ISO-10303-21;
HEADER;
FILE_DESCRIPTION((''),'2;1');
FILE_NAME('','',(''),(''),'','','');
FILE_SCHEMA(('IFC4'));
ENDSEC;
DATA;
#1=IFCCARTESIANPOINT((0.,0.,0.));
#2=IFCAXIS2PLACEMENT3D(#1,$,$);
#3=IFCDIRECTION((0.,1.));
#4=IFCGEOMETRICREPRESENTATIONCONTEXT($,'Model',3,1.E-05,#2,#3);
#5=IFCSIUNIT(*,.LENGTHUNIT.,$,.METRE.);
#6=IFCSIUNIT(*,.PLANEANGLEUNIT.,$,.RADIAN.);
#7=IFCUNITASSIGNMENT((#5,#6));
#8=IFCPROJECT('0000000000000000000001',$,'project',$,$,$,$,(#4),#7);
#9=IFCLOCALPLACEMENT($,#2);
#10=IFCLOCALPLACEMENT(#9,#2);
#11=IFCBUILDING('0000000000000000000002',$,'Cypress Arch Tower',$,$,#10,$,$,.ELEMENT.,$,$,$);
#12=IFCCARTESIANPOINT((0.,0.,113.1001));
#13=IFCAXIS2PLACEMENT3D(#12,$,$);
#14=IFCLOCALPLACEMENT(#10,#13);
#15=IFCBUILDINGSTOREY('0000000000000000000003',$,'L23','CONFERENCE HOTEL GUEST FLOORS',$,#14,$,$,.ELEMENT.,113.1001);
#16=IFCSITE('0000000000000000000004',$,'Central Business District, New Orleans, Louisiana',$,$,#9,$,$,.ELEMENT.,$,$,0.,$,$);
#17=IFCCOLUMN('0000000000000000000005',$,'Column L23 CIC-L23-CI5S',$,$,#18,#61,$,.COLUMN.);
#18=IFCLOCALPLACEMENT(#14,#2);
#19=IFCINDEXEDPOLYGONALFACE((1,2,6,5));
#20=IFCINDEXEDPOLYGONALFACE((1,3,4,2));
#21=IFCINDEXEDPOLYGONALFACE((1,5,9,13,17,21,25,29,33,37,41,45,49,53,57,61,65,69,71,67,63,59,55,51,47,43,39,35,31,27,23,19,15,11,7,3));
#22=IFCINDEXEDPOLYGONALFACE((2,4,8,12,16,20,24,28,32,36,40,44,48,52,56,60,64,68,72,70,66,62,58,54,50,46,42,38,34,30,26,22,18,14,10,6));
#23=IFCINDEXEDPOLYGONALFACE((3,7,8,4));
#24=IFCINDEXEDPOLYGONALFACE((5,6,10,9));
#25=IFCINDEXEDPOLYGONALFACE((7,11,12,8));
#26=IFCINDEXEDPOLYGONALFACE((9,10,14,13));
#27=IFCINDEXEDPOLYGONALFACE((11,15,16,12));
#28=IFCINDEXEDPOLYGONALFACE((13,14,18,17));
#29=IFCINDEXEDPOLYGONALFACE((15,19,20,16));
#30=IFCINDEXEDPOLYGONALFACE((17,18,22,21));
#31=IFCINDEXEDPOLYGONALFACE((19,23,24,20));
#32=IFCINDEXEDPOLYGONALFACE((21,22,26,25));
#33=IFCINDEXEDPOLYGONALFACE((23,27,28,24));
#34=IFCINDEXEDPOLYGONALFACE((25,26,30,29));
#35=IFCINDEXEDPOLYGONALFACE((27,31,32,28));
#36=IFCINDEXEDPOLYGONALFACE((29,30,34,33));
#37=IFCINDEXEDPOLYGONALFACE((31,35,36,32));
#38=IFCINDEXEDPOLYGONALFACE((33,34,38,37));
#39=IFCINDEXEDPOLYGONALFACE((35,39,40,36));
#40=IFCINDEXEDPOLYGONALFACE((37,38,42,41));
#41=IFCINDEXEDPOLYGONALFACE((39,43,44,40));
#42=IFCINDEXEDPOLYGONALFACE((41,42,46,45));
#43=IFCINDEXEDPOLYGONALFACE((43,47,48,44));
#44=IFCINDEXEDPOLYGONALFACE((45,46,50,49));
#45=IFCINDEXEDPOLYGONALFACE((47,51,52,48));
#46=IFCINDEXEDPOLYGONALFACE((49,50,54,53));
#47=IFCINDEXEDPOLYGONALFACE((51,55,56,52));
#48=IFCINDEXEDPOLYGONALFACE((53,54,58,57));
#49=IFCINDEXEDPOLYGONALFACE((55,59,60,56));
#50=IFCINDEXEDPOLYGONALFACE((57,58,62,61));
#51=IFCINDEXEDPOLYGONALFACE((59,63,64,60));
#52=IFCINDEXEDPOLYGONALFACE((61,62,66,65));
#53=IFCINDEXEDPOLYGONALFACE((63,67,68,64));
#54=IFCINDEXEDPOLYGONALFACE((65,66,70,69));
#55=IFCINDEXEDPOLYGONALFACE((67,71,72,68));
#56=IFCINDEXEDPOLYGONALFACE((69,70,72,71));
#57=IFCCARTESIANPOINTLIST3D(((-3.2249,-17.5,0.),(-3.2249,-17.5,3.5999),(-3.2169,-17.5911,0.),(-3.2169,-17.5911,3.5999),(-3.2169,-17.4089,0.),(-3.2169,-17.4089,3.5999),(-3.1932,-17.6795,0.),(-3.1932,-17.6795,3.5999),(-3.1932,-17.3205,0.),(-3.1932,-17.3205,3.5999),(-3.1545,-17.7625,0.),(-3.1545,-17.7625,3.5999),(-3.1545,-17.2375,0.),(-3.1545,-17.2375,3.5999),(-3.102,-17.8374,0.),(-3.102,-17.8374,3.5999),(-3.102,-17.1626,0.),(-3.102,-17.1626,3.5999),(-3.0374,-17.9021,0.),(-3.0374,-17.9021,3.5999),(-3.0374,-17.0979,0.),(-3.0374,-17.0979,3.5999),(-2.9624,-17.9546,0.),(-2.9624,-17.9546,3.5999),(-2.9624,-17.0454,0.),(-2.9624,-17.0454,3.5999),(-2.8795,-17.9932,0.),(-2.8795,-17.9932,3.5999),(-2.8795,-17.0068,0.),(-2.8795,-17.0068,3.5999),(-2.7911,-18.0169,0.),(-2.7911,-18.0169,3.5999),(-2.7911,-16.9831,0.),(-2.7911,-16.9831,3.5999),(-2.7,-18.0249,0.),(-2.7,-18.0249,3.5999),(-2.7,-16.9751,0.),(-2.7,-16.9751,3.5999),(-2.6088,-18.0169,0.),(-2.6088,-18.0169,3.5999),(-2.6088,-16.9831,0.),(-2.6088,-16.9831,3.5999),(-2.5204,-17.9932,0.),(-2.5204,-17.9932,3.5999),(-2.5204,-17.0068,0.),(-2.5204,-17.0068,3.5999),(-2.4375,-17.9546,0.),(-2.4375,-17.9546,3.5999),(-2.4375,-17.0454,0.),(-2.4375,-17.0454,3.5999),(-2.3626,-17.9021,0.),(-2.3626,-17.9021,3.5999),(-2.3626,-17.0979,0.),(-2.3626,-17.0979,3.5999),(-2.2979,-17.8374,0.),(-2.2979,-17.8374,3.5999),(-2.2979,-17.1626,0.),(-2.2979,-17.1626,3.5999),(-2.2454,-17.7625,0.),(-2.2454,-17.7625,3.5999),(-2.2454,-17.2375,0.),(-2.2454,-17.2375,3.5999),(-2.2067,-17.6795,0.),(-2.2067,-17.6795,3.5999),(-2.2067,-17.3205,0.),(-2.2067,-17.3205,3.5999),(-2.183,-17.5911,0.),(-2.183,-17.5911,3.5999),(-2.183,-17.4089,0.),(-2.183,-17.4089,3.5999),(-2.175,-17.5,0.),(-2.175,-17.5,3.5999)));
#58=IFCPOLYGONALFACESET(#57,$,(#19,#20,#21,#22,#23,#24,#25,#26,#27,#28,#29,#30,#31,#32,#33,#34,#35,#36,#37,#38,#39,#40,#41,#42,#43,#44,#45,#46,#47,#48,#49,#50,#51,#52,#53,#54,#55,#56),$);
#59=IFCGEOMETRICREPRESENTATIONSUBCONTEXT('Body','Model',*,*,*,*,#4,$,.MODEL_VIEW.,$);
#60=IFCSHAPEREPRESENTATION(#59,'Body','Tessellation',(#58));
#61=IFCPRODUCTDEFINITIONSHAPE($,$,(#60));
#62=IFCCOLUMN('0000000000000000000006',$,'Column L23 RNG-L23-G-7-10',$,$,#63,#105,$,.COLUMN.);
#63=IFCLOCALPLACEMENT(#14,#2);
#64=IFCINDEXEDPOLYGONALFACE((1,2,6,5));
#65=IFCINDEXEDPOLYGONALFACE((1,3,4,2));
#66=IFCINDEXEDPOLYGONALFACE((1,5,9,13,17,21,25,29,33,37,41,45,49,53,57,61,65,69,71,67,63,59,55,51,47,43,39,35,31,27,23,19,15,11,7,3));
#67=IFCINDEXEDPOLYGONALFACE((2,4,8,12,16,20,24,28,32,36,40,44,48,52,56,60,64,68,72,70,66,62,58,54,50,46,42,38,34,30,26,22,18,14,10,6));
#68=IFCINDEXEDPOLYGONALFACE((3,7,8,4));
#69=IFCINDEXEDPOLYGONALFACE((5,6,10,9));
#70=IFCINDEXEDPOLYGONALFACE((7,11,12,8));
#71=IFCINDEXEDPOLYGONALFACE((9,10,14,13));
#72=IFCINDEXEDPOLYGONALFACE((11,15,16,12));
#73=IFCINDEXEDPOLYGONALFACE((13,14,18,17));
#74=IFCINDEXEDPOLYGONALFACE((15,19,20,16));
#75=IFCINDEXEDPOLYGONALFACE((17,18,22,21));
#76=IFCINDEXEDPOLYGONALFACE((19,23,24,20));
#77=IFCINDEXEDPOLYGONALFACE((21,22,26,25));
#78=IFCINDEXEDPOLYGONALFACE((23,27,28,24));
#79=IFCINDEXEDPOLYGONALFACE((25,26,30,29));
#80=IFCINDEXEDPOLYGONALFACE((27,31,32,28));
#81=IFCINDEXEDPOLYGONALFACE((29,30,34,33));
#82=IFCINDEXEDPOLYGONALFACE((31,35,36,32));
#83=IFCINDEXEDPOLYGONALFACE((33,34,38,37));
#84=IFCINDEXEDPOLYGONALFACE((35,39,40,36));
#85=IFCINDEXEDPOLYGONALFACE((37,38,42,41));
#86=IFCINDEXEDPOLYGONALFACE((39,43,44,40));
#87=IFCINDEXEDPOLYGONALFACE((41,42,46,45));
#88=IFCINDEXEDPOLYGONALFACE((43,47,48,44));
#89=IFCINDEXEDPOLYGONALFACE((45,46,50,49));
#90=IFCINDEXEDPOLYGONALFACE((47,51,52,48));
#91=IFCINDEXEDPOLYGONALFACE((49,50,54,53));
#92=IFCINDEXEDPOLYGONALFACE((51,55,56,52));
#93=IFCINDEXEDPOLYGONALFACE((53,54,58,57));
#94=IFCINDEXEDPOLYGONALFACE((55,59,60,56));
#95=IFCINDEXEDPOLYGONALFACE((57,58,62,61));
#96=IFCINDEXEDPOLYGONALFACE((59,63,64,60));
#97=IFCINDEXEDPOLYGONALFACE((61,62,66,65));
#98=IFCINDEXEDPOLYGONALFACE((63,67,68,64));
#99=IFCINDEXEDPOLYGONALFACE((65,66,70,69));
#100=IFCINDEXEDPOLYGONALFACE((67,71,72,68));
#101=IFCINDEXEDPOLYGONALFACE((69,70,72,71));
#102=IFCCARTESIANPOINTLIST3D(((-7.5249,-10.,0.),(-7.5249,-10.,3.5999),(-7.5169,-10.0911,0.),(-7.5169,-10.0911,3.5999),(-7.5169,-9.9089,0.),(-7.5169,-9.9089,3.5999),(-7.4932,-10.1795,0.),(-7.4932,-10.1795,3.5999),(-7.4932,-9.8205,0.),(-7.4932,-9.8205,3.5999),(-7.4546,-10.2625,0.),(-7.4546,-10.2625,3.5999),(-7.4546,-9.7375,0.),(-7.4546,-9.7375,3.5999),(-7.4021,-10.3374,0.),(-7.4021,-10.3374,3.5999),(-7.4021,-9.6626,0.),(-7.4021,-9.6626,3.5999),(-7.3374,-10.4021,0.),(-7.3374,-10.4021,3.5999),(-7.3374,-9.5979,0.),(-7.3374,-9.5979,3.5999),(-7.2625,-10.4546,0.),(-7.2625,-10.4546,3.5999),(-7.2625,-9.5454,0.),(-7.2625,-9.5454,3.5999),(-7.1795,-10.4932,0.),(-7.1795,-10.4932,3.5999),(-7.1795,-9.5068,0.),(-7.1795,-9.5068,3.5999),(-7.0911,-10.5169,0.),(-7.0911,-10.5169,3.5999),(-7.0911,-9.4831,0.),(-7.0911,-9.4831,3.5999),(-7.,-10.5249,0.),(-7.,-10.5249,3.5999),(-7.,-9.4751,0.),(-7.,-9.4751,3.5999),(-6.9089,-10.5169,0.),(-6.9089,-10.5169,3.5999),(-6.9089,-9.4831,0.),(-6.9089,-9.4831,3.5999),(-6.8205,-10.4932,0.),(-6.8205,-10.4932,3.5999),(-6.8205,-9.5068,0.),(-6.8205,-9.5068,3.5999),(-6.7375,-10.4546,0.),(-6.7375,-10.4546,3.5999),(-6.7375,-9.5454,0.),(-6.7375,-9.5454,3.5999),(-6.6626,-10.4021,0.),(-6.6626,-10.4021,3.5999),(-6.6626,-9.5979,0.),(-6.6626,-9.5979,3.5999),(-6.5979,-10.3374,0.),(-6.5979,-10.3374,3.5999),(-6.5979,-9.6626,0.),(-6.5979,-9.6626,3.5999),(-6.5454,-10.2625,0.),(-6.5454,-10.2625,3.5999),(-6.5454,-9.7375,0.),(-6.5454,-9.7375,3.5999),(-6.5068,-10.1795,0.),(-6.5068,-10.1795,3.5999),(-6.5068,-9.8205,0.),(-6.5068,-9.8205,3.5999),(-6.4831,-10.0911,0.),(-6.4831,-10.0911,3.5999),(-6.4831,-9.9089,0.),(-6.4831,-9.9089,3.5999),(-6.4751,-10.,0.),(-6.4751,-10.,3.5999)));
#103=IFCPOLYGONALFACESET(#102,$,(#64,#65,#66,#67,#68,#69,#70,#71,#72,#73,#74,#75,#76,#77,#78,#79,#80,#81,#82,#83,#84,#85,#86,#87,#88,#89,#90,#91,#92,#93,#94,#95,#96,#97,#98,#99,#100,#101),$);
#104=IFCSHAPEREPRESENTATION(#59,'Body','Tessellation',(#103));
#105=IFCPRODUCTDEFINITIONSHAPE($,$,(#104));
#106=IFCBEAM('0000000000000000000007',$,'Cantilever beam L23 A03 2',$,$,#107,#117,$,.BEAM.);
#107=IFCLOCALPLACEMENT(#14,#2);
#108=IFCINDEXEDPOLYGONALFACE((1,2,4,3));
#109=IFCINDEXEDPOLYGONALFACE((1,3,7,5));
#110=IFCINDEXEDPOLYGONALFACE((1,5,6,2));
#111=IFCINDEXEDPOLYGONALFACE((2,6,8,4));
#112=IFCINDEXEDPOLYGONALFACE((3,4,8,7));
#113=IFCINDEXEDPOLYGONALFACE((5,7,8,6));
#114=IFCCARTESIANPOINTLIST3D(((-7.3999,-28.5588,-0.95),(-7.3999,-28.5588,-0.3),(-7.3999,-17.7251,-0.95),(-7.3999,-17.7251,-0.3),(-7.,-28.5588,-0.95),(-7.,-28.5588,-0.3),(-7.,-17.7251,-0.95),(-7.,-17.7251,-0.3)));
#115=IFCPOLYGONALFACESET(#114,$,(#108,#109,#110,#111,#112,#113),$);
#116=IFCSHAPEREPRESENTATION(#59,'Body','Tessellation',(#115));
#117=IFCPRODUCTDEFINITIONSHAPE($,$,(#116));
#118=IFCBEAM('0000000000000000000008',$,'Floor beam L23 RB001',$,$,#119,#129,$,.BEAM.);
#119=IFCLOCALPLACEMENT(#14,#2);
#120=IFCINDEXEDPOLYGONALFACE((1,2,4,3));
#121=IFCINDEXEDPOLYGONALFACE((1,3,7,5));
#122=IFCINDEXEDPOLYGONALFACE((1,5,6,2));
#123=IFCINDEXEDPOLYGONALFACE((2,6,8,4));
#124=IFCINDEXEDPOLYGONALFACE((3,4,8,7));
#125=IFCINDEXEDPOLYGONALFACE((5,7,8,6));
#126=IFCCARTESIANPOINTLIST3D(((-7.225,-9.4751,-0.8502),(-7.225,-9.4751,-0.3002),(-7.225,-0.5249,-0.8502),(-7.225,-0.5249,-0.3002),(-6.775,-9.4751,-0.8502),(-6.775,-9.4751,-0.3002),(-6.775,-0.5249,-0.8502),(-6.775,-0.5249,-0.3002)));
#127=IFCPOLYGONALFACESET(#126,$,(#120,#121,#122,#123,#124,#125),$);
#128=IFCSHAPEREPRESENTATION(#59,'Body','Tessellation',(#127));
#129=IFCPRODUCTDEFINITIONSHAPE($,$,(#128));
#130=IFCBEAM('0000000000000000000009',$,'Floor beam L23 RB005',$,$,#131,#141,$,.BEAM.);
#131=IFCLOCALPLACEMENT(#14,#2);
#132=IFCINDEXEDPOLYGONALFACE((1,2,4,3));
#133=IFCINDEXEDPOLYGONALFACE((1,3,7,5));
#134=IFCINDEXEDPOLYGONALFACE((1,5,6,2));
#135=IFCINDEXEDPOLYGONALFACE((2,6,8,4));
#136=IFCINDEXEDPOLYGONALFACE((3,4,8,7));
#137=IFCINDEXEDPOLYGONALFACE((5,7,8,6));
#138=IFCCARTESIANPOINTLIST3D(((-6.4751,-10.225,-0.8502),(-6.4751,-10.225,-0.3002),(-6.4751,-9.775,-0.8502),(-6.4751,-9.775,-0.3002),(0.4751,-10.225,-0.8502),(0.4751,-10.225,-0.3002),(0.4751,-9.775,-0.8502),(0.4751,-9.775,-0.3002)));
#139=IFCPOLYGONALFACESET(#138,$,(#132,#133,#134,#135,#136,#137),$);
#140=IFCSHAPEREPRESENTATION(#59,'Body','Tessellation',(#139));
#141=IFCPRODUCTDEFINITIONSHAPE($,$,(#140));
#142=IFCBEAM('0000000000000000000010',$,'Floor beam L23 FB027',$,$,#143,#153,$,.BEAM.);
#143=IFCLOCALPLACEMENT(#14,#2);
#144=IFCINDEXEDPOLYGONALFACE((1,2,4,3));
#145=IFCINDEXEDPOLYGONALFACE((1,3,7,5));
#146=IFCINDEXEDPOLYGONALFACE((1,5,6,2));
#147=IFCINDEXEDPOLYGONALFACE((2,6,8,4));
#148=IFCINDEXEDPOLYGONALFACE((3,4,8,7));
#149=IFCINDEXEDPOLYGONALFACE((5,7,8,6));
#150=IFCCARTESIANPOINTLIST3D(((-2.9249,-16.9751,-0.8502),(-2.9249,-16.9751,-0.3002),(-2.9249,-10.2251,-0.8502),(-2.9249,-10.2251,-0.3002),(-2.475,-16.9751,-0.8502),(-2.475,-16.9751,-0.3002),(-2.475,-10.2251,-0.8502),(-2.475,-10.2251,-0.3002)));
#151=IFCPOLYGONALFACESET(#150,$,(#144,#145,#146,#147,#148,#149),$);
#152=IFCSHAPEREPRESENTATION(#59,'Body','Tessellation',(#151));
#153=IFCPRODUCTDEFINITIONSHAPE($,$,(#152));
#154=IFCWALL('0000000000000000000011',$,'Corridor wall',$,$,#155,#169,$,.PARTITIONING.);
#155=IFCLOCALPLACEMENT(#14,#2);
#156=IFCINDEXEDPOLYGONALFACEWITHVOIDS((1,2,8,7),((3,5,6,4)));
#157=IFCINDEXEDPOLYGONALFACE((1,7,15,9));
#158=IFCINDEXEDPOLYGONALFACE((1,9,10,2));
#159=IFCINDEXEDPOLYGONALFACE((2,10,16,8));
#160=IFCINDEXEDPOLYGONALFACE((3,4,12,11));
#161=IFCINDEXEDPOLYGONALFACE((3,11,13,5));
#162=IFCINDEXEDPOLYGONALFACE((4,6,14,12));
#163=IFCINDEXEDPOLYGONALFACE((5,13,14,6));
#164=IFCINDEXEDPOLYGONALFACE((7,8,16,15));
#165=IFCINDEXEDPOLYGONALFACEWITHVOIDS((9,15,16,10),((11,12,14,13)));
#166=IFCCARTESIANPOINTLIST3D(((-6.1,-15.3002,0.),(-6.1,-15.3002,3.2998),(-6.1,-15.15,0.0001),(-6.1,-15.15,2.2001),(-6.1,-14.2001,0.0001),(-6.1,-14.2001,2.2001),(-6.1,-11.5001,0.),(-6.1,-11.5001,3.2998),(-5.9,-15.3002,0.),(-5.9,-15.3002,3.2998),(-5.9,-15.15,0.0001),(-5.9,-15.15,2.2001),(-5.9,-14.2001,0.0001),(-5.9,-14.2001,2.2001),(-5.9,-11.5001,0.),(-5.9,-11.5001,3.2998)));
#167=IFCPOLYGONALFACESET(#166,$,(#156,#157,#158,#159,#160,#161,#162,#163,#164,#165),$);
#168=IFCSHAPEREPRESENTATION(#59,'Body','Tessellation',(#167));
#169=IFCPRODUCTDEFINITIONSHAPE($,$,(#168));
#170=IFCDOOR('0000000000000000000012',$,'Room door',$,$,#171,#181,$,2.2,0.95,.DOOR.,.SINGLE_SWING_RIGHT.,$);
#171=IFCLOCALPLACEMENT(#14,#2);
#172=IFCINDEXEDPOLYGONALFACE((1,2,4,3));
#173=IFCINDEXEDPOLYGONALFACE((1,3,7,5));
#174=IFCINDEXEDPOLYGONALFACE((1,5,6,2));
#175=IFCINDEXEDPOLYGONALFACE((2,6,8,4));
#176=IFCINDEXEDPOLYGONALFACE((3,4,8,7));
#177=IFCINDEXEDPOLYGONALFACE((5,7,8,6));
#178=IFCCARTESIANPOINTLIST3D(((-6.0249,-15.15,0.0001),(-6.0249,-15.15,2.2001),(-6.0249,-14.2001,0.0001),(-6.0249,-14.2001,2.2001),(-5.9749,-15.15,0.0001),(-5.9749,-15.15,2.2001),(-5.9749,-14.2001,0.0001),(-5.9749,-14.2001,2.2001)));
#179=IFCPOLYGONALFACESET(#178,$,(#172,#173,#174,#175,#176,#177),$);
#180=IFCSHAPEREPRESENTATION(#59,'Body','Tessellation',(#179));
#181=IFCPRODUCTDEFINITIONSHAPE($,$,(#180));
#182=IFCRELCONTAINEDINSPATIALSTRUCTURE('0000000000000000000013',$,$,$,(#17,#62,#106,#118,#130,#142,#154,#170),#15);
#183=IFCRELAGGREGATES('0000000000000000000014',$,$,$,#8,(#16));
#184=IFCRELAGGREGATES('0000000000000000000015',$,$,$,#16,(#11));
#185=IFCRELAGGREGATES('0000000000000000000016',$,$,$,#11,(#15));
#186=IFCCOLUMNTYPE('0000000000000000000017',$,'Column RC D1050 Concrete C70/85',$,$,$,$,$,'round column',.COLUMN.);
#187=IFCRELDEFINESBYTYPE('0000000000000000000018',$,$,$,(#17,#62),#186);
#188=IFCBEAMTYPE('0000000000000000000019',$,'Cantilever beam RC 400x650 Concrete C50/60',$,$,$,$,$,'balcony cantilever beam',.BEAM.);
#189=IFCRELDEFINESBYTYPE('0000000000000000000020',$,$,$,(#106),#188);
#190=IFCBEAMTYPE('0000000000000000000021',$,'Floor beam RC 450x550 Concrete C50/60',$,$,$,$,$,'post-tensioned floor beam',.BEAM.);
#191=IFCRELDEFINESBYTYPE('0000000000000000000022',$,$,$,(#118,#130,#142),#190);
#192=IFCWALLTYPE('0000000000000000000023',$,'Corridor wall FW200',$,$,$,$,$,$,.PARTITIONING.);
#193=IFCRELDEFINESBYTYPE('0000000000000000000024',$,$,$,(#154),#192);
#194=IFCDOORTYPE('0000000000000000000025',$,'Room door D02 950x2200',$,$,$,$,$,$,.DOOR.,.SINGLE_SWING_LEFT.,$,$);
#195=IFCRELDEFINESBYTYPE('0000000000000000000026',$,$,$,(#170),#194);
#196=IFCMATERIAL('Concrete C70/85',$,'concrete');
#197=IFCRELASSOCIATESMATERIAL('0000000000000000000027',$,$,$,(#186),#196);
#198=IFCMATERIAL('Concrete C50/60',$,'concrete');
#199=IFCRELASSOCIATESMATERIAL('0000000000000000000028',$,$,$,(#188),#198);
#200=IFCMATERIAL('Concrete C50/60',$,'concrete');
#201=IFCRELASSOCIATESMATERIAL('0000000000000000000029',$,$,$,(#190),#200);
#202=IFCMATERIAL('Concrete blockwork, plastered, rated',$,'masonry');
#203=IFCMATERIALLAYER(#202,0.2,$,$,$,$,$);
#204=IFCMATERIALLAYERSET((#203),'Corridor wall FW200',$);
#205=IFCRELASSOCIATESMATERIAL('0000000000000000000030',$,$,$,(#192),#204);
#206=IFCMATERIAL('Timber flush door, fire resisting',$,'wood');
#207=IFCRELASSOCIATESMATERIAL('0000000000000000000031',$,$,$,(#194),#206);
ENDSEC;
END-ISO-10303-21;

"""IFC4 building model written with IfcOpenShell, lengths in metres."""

from ifc_helpers import new_model, si_unit, direction, frame, frame_2d, origin, origin_2d, place, context, subcontext, project, spatial, rectangle, circle, extrude, material, layer, layer_set, material_profile, profile_set, type_object, element, fill, save


model = new_model("IFC4")

# Units and contexts
model_context = context("Model", 3, precision=1e-05, world=origin(), true_north=direction((0.0, 1.0)))
body_context = subcontext(model_context, "Body", "Model", "MODEL_VIEW")
ifc_project = project(units=[si_unit("LENGTHUNIT", "METRE"), si_unit("PLANEANGLEUNIT", "RADIAN")], contexts=[model_context])

# Site, building, storey
site_placement = place(None, origin())
site = spatial("IfcSite", under=ifc_project, at=site_placement, Name="Central Business District, New Orleans, Louisiana", CompositionType="ELEMENT", RefElevation=0.0)
building_placement = place(site_placement, origin())
building = spatial("IfcBuilding", under=site, at=building_placement, Name="Cypress Arch Tower", CompositionType="ELEMENT")
storey_placement = place(building_placement, frame((0.0, 0.0, 113.1001)))
storey = spatial("IfcBuildingStorey", under=building, at=storey_placement, Name="L23", Description="CONFERENCE HOTEL GUEST FLOORS", CompositionType="ELEMENT", Elevation=113.1001)

# Columns
ifc_material_1 = material(Name="Concrete C70/85", Category="concrete")
ifc_material_profile_1 = material_profile(ifc_material_1, circle(Radius=0.5249, at=origin_2d()), Name="RC D1050")
ifc_profile_set_1 = profile_set([ifc_material_profile_1], Name="Concrete C70/85")
column_type = type_object("IfcColumnType", Name="Column RC D1050 Concrete C70/85", ElementType="round column", PredefinedType="COLUMN", material=ifc_profile_set_1)
for number, where, z_axis, x_axis, name in (
    (1, (-2.7, -17.5, 0.0), (0.0, 0.0, 1.0), (1.0, 0.0, 0.0), "Column L23 CIC-L23-CI5S"),
    (2, (-7.0, -10.0, 0.0), (0.0, 0.0, 1.0), (1.0, 0.0, 0.0), "Column L23 RNG-L23-G-7-10"),
):
    element("IfcColumn", number, at=place(storey_placement, frame(where, z_axis=z_axis, x_axis=x_axis)), inside=storey, type_object=column_type, Name=name, PredefinedType="COLUMN", context=body_context, shape_type="SweptSolid", body=[
        extrude(circle(Radius=0.5249, at=origin_2d()), origin(), (0.0, 0.0, 1.0), 3.5999),
    ])

# Beams
ifc_material_2 = material(Name="Concrete C50/60", Category="concrete")
ifc_material_profile_2 = material_profile(ifc_material_2, rectangle(XDim=0.3999, YDim=0.6499, at=origin_2d()), Name="RC 400x650")
ifc_profile_set_2 = profile_set([ifc_material_profile_2], Name="Concrete C50/60")
beam_type_1 = type_object("IfcBeamType", Name="Cantilever beam RC 400x650 Concrete C50/60", ElementType="balcony cantilever beam", PredefinedType="BEAM", material=ifc_profile_set_2)
beam_1_placement = place(storey_placement, frame((-7.2, -17.7251, -0.625), z_axis=(0.0, -1.0, 0.0), x_axis=(1.0, 0.0, 0.0)))
element("IfcBeam", 3, at=beam_1_placement, inside=storey, type_object=beam_type_1, Name="Cantilever beam L23 A03 2", PredefinedType="BEAM", context=body_context, shape_type="SweptSolid", body=[
    extrude(rectangle(XDim=0.3999, YDim=0.6499, at=origin_2d()), origin(), (0.0, 0.0, 1.0), 10.8337),
])
ifc_material_3 = material(Name="Concrete C50/60", Category="concrete")
ifc_material_profile_3 = material_profile(ifc_material_3, rectangle(XDim=0.45, YDim=0.55, at=origin_2d()), Name="RC 450x550")
ifc_profile_set_3 = profile_set([ifc_material_profile_3], Name="Concrete C50/60")
beam_type_2 = type_object("IfcBeamType", Name="Floor beam RC 450x550 Concrete C50/60", ElementType="post-tensioned floor beam", PredefinedType="BEAM", material=ifc_profile_set_3)
beam_2_placement = place(storey_placement, frame((-7.0, -9.4751, -0.5752), z_axis=(0.0, 1.0, 0.0), x_axis=(-1.0, 0.0, 0.0)))
element("IfcBeam", 4, at=beam_2_placement, inside=storey, type_object=beam_type_2, Name="Floor beam L23 RB001", PredefinedType="BEAM", context=body_context, shape_type="SweptSolid", body=[
    extrude(rectangle(XDim=0.45, YDim=0.55, at=origin_2d()), origin(), (0.0, 0.0, 1.0), 8.9502),
])
beam_3_placement = place(storey_placement, frame((-6.4751, -10.0, -0.5752), z_axis=(1.0, 0.0, 0.0), x_axis=(0.0, 1.0, 0.0)))
element("IfcBeam", 5, at=beam_3_placement, inside=storey, type_object=beam_type_2, Name="Floor beam L23 RB005", PredefinedType="BEAM", context=body_context, shape_type="SweptSolid", body=[
    extrude(rectangle(XDim=0.45, YDim=0.55, at=origin_2d()), origin(), (0.0, 0.0, 1.0), 6.9502),
])
beam_4_placement = place(storey_placement, frame((-2.7, -16.9751, -0.5752), z_axis=(0.0, 1.0, 0.0), x_axis=(-1.0, 0.0, 0.0)))
element("IfcBeam", 6, at=beam_4_placement, inside=storey, type_object=beam_type_2, Name="Floor beam L23 FB027", PredefinedType="BEAM", context=body_context, shape_type="SweptSolid", body=[
    extrude(rectangle(XDim=0.45, YDim=0.55, at=origin_2d()), origin(), (0.0, 0.0, 1.0), 6.75),
])

# Wall, opening, door
ifc_material_4 = material(Name="Concrete blockwork, plastered, rated", Category="masonry")
ifc_layer_1 = layer(ifc_material_4, 0.2)
ifc_layer_set_1 = layer_set([ifc_layer_1], Name="Corridor wall FW200")
wall_type_1 = type_object("IfcWallType", Name="Corridor wall FW200", PredefinedType="PARTITIONING", material=ifc_layer_set_1)
wall_1_placement = place(storey_placement, frame((-6.0, -15.3, 0.0), z_axis=(0.0, 0.0, 1.0), x_axis=(0.0, 1.0, 0.0)))
wall_1 = element("IfcWall", 7, at=wall_1_placement, inside=storey, type_object=wall_type_1, Name="Corridor wall", PredefinedType="PARTITIONING", context=body_context, shape_type="SweptSolid", body=[
    extrude(rectangle(XDim=3.8, YDim=0.2, at=frame_2d((1.8999, 0.0))), origin(), (0.0, 0.0, 1.0), 3.2998),
])
opening_1_placement = place(wall_1_placement, frame((0.1499, 0.0, 0.0)))
opening_1 = element("IfcOpeningElement", 8, at=opening_1_placement, cuts=wall_1, PredefinedType="OPENING", context=body_context, shape_type="SweptSolid", body=[
    extrude(rectangle(XDim=0.95, YDim=2.2, at=frame_2d((0.4751, 1.1001))), frame((0.0, 0.1099, 0.0), z_axis=(0.0, -1.0, 0.0), x_axis=(1.0, 0.0, 0.0)), (0.0, 0.0, 1.0), 0.22),
])
ifc_material_5 = material(Name="Timber flush door, fire resisting", Category="wood")
door_type_1 = type_object("IfcDoorType", Name="Room door D02 950x2200", OperationType="SINGLE_SWING_LEFT", PredefinedType="DOOR", material=ifc_material_5)
door_1_placement = place(opening_1_placement, origin())
door_1 = element("IfcDoor", 9, at=door_1_placement, inside=storey, type_object=door_type_1, Name="Room door", OperationType="SINGLE_SWING_RIGHT", OverallHeight=2.2, OverallWidth=0.95, PredefinedType="DOOR", context=body_context, shape_type="SweptSolid", body=[
    extrude(rectangle(XDim=0.95, YDim=2.2, at=frame_2d((0.4751, 1.1001))), frame((0.0, 0.0249, 0.0), z_axis=(0.0, -1.0, 0.0), x_axis=(1.0, 0.0, 0.0)), (0.0, 0.0, 1.0), 0.05),
])
fill(opening_1, door_1)

save(model, "model.ifc")
